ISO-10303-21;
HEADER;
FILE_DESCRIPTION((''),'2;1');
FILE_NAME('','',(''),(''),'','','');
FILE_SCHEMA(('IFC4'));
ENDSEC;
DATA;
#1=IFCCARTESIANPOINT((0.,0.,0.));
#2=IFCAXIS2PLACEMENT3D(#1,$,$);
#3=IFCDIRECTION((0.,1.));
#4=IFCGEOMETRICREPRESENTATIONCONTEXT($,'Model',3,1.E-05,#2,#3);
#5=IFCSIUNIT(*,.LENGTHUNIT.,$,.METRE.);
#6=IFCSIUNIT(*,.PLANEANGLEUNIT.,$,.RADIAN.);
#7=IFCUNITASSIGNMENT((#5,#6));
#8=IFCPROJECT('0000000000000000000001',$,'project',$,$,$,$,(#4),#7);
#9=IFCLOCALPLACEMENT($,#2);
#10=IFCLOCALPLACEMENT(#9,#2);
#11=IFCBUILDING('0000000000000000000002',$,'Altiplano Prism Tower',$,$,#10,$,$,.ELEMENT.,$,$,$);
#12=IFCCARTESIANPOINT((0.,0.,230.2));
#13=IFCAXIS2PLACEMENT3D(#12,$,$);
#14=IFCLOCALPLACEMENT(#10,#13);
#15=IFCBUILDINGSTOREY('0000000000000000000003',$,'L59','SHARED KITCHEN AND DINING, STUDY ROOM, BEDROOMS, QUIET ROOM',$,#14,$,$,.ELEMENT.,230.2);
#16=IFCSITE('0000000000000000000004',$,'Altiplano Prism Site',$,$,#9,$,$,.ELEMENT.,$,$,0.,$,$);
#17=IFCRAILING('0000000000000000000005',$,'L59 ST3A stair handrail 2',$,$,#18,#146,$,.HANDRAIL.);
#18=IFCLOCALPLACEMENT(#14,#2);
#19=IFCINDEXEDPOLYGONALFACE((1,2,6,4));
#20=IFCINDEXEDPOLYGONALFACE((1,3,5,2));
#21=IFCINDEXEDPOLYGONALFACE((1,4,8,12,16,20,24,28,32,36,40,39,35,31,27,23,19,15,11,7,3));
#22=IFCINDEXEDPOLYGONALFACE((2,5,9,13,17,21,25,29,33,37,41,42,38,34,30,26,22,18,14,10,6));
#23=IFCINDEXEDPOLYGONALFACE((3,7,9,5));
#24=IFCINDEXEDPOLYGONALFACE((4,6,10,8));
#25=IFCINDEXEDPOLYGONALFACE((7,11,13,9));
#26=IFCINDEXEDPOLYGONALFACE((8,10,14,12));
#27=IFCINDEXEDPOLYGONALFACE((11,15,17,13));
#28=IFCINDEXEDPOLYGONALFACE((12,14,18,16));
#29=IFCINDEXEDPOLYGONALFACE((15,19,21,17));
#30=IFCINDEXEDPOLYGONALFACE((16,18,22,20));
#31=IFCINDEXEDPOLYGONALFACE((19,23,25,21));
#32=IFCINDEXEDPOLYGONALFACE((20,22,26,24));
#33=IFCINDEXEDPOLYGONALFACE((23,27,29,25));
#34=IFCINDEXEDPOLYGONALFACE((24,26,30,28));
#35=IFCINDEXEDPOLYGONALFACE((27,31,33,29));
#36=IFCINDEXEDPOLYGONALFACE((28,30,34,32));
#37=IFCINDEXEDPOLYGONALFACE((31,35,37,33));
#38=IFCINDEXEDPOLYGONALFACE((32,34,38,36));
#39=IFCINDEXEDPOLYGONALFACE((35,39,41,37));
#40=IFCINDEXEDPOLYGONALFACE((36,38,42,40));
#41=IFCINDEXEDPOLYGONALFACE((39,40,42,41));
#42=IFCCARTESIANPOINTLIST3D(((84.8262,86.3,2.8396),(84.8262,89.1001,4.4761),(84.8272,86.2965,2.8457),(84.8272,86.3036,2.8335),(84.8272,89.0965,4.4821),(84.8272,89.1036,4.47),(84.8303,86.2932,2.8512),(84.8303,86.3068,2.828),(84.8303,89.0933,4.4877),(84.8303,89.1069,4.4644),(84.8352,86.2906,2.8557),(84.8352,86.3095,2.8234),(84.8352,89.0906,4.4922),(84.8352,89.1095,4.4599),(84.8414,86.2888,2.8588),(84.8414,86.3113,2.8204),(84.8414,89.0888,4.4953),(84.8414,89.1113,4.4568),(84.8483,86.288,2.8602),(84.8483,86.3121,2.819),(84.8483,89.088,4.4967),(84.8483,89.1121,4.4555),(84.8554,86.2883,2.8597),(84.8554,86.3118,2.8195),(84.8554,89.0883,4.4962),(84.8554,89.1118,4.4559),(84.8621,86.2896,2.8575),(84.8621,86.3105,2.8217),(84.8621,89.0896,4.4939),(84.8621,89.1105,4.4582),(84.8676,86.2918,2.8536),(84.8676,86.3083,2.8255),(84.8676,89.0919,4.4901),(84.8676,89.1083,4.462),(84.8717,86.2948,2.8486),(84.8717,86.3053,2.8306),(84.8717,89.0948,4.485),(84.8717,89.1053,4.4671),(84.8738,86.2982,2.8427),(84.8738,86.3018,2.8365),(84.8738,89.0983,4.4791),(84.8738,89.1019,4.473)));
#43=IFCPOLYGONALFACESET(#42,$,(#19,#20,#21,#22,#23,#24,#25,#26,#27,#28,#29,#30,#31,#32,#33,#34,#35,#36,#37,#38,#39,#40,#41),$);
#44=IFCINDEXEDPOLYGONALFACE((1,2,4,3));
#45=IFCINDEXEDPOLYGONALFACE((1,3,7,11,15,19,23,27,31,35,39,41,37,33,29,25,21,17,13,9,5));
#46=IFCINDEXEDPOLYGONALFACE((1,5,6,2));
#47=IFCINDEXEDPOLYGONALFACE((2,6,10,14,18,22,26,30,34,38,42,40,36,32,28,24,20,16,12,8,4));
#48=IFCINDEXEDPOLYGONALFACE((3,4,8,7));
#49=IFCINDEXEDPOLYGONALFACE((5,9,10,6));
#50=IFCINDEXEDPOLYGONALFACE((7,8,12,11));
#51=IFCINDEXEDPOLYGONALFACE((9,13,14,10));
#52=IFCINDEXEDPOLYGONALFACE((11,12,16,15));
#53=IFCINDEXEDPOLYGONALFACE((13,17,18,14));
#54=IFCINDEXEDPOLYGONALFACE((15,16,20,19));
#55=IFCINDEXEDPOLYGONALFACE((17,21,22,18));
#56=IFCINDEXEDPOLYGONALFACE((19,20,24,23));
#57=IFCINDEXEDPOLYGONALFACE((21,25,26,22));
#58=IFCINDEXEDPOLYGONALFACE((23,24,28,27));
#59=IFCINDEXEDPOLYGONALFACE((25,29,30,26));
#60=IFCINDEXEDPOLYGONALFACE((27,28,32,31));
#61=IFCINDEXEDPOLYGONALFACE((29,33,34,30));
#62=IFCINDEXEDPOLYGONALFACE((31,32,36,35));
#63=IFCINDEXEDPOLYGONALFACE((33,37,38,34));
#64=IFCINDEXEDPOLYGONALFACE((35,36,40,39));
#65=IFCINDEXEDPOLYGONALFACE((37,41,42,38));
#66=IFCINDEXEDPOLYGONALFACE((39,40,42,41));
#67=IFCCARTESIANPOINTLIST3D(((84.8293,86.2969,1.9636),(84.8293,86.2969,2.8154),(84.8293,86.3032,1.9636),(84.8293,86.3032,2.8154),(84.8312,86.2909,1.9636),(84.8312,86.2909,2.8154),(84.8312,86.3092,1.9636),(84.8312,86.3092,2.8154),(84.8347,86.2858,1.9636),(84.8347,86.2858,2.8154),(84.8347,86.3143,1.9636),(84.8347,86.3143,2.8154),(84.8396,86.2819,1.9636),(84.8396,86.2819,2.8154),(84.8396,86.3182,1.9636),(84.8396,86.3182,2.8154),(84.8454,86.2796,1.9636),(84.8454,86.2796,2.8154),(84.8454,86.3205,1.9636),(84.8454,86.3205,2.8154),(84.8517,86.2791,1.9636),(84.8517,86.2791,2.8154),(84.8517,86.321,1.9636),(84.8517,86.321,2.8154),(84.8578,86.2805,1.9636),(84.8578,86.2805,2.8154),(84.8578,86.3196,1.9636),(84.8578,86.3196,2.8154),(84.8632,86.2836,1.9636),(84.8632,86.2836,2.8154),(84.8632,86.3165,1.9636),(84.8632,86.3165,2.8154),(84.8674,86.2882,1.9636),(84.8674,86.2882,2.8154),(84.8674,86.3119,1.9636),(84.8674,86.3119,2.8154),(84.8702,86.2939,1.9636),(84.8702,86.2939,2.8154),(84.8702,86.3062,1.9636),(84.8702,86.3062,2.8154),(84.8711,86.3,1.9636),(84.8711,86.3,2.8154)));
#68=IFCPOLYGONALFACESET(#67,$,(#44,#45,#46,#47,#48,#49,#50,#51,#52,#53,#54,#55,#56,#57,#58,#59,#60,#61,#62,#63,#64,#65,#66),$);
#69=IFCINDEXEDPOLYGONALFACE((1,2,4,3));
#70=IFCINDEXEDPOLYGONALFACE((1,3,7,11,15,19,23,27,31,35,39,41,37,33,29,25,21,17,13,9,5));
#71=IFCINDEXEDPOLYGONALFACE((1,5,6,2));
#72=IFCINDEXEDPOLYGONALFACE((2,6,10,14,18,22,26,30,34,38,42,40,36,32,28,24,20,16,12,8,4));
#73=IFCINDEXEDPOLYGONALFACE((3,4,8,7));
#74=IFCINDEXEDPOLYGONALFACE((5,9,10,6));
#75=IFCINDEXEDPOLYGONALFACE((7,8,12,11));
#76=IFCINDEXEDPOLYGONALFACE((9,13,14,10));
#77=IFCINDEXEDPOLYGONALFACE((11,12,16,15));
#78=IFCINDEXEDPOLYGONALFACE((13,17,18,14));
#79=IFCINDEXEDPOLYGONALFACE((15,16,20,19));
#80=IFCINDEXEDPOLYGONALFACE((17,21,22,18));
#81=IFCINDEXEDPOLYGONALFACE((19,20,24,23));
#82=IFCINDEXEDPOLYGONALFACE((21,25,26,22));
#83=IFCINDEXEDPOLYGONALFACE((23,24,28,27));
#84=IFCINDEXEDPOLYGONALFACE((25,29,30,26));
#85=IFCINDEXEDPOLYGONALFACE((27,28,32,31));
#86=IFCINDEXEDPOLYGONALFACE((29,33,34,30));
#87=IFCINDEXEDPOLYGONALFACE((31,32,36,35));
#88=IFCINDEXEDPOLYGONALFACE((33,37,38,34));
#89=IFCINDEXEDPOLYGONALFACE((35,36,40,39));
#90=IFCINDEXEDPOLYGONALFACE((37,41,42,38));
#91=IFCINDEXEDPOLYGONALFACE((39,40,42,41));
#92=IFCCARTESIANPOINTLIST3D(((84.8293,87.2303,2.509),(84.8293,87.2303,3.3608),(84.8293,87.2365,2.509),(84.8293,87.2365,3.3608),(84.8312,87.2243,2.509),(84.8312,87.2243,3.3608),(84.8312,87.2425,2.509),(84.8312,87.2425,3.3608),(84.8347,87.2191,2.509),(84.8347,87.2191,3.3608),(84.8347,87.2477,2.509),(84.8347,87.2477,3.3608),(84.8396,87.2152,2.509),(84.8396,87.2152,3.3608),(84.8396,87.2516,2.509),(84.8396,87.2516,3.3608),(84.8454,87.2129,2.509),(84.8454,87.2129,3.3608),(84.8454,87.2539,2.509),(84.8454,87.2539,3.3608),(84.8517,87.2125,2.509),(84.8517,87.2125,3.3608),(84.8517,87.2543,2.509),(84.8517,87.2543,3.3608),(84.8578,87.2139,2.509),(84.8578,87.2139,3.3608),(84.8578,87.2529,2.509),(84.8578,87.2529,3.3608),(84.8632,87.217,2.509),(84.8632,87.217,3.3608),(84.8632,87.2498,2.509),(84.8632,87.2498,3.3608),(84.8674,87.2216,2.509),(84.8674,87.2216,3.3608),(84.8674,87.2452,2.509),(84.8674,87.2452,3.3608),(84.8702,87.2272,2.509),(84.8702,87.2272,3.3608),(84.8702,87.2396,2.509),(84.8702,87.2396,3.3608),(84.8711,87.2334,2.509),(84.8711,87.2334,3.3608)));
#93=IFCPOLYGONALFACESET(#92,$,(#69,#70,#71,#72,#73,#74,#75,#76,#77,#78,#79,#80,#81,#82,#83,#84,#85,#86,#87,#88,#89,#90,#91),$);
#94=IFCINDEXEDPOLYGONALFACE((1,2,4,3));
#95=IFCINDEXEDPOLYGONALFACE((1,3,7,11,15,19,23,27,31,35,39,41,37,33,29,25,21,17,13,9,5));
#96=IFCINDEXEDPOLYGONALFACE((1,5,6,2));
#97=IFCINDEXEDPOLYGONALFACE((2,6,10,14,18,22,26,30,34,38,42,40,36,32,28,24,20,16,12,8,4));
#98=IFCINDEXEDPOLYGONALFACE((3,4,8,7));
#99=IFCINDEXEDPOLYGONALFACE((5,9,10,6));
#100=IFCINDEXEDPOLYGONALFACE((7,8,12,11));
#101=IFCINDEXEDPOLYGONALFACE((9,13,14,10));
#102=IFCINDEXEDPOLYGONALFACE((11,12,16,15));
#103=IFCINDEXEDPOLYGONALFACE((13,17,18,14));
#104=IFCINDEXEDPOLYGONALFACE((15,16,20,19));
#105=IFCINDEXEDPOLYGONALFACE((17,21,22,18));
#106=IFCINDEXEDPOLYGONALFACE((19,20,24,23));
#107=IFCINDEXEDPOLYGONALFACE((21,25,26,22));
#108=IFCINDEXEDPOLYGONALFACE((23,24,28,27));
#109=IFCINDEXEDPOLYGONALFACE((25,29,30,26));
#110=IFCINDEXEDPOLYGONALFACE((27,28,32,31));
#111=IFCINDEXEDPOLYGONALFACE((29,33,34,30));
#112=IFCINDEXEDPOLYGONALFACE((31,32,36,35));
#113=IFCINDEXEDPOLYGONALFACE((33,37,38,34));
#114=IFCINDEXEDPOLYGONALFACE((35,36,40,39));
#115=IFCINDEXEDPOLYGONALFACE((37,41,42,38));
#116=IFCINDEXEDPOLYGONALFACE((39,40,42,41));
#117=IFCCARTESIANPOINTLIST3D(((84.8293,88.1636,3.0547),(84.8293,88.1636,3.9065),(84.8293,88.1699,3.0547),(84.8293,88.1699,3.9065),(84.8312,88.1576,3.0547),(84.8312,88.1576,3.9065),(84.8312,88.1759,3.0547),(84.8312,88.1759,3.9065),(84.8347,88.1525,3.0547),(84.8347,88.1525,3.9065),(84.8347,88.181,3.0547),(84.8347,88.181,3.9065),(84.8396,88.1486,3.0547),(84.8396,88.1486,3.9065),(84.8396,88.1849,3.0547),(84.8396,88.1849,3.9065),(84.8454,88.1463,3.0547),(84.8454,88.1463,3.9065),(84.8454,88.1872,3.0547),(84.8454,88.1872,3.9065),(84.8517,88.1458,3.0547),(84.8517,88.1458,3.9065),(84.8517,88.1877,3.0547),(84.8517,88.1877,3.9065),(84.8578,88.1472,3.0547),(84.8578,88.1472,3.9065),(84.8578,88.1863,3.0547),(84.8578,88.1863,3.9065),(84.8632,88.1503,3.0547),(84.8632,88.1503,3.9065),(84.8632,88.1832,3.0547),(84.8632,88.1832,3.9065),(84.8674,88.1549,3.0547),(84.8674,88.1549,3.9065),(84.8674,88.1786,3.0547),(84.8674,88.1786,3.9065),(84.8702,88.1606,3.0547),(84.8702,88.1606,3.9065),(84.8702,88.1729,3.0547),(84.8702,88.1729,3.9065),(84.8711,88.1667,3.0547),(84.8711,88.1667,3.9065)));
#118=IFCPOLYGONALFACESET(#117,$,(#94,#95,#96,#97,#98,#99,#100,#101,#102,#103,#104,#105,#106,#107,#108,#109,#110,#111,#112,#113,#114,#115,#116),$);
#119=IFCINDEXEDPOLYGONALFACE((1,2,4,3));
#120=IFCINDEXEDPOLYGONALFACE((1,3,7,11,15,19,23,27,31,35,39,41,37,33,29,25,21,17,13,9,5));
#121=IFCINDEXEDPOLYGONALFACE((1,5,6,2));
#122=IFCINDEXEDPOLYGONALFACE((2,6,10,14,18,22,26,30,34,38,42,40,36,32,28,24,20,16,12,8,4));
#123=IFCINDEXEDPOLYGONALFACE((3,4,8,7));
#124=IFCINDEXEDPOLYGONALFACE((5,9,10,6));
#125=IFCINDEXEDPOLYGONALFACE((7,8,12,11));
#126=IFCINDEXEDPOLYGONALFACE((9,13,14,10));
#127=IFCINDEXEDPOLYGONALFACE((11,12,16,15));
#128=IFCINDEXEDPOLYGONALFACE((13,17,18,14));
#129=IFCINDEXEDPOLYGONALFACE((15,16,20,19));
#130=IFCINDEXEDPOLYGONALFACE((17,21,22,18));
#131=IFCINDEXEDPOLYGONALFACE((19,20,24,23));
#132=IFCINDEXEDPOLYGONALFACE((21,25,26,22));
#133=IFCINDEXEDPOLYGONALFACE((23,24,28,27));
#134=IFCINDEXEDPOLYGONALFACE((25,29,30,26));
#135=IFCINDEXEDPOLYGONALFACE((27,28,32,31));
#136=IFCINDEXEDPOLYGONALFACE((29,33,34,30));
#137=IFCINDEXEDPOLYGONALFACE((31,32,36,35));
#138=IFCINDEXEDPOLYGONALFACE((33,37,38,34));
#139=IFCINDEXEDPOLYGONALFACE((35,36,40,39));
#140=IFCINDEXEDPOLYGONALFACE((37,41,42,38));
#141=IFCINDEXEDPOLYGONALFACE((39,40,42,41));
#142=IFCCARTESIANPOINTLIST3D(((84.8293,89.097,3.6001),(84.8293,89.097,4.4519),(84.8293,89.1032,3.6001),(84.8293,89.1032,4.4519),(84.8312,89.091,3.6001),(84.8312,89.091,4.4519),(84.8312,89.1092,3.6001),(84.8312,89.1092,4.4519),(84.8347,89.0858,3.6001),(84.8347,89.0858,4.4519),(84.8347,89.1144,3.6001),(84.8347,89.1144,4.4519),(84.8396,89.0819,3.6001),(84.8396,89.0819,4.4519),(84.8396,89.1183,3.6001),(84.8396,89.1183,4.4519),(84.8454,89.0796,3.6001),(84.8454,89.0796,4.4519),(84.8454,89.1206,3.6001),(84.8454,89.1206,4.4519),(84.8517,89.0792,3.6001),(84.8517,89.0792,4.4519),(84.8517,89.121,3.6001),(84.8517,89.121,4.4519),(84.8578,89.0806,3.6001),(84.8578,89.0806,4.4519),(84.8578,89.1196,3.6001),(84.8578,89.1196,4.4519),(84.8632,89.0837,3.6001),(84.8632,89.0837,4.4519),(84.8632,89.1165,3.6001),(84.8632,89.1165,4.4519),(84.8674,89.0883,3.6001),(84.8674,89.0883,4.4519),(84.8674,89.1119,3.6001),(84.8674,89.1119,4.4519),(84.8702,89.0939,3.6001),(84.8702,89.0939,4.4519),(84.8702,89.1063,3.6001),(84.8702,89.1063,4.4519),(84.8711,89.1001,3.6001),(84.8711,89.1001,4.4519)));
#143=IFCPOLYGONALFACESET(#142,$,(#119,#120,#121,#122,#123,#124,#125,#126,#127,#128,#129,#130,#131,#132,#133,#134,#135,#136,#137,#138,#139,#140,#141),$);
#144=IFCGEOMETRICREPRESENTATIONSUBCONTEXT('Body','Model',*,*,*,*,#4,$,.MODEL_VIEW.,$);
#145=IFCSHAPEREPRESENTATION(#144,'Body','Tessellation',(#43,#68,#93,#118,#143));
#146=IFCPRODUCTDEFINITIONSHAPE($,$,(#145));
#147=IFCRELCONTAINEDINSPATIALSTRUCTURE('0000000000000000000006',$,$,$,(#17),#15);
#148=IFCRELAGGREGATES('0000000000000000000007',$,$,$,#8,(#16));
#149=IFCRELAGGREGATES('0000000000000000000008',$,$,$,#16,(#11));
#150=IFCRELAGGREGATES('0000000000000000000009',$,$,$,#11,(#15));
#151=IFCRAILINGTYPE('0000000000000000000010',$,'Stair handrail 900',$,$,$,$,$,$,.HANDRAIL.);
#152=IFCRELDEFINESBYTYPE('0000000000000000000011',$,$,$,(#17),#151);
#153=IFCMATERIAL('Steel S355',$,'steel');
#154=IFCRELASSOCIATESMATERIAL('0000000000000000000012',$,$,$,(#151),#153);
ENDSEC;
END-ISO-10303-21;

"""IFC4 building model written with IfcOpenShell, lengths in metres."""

from ifc_helpers import new_model, si_unit, direction, frame, origin, origin_2d, place, context, subcontext, project, spatial, circle, extrude, material, type_object, element, save


model = new_model("IFC4")

# Units and contexts
model_context = context("Model", 3, precision=1e-05, world=origin(), true_north=direction((0.0, 1.0)))
body_context = subcontext(model_context, "Body", "Model", "MODEL_VIEW")
ifc_project = project(units=[si_unit("LENGTHUNIT", "METRE"), si_unit("PLANEANGLEUNIT", "RADIAN")], contexts=[model_context])

# Site, building, storey
site_placement = place(None, origin())
site = spatial("IfcSite", under=ifc_project, at=site_placement, Name="Altiplano Prism Site", CompositionType="ELEMENT", RefElevation=0.0)
building_placement = place(site_placement, origin())
building = spatial("IfcBuilding", under=site, at=building_placement, Name="Altiplano Prism Tower", CompositionType="ELEMENT")
storey_placement = place(building_placement, frame((0.0, 0.0, 230.2)))
storey = spatial("IfcBuildingStorey", under=building, at=storey_placement, Name="L59", Description="SHARED KITCHEN AND DINING, STUDY ROOM, BEDROOMS, QUIET ROOM", CompositionType="ELEMENT", Elevation=230.2)

# Railing
ifc_material_1 = material(Name="Steel S355", Category="steel")
railing_type_1 = type_object("IfcRailingType", Name="Stair handrail 900", PredefinedType="HANDRAIL", material=ifc_material_1)
railing_1_placement = place(storey_placement, frame((84.8501, 86.3, 1.9636)))
element("IfcRailing", 1, at=railing_1_placement, inside=storey, type_object=railing_type_1, Name="L59 ST3A stair handrail 2", PredefinedType="HANDRAIL", context=body_context, shape_type="SweptSolid", body=[
    extrude(circle(Radius=0.0239, at=origin_2d()), frame((0.0, 0.0, 0.876), z_axis=(0.0, 0.863361, 0.504587), x_axis=(-1.0, 0.0, 0.0)), (0.0, 0.0, 1.0), 3.2432),
    extrude(circle(Radius=0.021, at=origin_2d()), origin(), (0.0, 0.0, 1.0), 0.8518),
    extrude(circle(Radius=0.021, at=origin_2d()), frame((0.0, 0.9333, 0.5454)), (0.0, 0.0, 1.0), 0.8518),
    extrude(circle(Radius=0.021, at=origin_2d()), frame((0.0, 1.8667, 1.0911)), (0.0, 0.0, 1.0), 0.8518),
    extrude(circle(Radius=0.021, at=origin_2d()), frame((0.0, 2.8, 1.6365)), (0.0, 0.0, 1.0), 0.8518),
])

save(model, "model.ifc")
